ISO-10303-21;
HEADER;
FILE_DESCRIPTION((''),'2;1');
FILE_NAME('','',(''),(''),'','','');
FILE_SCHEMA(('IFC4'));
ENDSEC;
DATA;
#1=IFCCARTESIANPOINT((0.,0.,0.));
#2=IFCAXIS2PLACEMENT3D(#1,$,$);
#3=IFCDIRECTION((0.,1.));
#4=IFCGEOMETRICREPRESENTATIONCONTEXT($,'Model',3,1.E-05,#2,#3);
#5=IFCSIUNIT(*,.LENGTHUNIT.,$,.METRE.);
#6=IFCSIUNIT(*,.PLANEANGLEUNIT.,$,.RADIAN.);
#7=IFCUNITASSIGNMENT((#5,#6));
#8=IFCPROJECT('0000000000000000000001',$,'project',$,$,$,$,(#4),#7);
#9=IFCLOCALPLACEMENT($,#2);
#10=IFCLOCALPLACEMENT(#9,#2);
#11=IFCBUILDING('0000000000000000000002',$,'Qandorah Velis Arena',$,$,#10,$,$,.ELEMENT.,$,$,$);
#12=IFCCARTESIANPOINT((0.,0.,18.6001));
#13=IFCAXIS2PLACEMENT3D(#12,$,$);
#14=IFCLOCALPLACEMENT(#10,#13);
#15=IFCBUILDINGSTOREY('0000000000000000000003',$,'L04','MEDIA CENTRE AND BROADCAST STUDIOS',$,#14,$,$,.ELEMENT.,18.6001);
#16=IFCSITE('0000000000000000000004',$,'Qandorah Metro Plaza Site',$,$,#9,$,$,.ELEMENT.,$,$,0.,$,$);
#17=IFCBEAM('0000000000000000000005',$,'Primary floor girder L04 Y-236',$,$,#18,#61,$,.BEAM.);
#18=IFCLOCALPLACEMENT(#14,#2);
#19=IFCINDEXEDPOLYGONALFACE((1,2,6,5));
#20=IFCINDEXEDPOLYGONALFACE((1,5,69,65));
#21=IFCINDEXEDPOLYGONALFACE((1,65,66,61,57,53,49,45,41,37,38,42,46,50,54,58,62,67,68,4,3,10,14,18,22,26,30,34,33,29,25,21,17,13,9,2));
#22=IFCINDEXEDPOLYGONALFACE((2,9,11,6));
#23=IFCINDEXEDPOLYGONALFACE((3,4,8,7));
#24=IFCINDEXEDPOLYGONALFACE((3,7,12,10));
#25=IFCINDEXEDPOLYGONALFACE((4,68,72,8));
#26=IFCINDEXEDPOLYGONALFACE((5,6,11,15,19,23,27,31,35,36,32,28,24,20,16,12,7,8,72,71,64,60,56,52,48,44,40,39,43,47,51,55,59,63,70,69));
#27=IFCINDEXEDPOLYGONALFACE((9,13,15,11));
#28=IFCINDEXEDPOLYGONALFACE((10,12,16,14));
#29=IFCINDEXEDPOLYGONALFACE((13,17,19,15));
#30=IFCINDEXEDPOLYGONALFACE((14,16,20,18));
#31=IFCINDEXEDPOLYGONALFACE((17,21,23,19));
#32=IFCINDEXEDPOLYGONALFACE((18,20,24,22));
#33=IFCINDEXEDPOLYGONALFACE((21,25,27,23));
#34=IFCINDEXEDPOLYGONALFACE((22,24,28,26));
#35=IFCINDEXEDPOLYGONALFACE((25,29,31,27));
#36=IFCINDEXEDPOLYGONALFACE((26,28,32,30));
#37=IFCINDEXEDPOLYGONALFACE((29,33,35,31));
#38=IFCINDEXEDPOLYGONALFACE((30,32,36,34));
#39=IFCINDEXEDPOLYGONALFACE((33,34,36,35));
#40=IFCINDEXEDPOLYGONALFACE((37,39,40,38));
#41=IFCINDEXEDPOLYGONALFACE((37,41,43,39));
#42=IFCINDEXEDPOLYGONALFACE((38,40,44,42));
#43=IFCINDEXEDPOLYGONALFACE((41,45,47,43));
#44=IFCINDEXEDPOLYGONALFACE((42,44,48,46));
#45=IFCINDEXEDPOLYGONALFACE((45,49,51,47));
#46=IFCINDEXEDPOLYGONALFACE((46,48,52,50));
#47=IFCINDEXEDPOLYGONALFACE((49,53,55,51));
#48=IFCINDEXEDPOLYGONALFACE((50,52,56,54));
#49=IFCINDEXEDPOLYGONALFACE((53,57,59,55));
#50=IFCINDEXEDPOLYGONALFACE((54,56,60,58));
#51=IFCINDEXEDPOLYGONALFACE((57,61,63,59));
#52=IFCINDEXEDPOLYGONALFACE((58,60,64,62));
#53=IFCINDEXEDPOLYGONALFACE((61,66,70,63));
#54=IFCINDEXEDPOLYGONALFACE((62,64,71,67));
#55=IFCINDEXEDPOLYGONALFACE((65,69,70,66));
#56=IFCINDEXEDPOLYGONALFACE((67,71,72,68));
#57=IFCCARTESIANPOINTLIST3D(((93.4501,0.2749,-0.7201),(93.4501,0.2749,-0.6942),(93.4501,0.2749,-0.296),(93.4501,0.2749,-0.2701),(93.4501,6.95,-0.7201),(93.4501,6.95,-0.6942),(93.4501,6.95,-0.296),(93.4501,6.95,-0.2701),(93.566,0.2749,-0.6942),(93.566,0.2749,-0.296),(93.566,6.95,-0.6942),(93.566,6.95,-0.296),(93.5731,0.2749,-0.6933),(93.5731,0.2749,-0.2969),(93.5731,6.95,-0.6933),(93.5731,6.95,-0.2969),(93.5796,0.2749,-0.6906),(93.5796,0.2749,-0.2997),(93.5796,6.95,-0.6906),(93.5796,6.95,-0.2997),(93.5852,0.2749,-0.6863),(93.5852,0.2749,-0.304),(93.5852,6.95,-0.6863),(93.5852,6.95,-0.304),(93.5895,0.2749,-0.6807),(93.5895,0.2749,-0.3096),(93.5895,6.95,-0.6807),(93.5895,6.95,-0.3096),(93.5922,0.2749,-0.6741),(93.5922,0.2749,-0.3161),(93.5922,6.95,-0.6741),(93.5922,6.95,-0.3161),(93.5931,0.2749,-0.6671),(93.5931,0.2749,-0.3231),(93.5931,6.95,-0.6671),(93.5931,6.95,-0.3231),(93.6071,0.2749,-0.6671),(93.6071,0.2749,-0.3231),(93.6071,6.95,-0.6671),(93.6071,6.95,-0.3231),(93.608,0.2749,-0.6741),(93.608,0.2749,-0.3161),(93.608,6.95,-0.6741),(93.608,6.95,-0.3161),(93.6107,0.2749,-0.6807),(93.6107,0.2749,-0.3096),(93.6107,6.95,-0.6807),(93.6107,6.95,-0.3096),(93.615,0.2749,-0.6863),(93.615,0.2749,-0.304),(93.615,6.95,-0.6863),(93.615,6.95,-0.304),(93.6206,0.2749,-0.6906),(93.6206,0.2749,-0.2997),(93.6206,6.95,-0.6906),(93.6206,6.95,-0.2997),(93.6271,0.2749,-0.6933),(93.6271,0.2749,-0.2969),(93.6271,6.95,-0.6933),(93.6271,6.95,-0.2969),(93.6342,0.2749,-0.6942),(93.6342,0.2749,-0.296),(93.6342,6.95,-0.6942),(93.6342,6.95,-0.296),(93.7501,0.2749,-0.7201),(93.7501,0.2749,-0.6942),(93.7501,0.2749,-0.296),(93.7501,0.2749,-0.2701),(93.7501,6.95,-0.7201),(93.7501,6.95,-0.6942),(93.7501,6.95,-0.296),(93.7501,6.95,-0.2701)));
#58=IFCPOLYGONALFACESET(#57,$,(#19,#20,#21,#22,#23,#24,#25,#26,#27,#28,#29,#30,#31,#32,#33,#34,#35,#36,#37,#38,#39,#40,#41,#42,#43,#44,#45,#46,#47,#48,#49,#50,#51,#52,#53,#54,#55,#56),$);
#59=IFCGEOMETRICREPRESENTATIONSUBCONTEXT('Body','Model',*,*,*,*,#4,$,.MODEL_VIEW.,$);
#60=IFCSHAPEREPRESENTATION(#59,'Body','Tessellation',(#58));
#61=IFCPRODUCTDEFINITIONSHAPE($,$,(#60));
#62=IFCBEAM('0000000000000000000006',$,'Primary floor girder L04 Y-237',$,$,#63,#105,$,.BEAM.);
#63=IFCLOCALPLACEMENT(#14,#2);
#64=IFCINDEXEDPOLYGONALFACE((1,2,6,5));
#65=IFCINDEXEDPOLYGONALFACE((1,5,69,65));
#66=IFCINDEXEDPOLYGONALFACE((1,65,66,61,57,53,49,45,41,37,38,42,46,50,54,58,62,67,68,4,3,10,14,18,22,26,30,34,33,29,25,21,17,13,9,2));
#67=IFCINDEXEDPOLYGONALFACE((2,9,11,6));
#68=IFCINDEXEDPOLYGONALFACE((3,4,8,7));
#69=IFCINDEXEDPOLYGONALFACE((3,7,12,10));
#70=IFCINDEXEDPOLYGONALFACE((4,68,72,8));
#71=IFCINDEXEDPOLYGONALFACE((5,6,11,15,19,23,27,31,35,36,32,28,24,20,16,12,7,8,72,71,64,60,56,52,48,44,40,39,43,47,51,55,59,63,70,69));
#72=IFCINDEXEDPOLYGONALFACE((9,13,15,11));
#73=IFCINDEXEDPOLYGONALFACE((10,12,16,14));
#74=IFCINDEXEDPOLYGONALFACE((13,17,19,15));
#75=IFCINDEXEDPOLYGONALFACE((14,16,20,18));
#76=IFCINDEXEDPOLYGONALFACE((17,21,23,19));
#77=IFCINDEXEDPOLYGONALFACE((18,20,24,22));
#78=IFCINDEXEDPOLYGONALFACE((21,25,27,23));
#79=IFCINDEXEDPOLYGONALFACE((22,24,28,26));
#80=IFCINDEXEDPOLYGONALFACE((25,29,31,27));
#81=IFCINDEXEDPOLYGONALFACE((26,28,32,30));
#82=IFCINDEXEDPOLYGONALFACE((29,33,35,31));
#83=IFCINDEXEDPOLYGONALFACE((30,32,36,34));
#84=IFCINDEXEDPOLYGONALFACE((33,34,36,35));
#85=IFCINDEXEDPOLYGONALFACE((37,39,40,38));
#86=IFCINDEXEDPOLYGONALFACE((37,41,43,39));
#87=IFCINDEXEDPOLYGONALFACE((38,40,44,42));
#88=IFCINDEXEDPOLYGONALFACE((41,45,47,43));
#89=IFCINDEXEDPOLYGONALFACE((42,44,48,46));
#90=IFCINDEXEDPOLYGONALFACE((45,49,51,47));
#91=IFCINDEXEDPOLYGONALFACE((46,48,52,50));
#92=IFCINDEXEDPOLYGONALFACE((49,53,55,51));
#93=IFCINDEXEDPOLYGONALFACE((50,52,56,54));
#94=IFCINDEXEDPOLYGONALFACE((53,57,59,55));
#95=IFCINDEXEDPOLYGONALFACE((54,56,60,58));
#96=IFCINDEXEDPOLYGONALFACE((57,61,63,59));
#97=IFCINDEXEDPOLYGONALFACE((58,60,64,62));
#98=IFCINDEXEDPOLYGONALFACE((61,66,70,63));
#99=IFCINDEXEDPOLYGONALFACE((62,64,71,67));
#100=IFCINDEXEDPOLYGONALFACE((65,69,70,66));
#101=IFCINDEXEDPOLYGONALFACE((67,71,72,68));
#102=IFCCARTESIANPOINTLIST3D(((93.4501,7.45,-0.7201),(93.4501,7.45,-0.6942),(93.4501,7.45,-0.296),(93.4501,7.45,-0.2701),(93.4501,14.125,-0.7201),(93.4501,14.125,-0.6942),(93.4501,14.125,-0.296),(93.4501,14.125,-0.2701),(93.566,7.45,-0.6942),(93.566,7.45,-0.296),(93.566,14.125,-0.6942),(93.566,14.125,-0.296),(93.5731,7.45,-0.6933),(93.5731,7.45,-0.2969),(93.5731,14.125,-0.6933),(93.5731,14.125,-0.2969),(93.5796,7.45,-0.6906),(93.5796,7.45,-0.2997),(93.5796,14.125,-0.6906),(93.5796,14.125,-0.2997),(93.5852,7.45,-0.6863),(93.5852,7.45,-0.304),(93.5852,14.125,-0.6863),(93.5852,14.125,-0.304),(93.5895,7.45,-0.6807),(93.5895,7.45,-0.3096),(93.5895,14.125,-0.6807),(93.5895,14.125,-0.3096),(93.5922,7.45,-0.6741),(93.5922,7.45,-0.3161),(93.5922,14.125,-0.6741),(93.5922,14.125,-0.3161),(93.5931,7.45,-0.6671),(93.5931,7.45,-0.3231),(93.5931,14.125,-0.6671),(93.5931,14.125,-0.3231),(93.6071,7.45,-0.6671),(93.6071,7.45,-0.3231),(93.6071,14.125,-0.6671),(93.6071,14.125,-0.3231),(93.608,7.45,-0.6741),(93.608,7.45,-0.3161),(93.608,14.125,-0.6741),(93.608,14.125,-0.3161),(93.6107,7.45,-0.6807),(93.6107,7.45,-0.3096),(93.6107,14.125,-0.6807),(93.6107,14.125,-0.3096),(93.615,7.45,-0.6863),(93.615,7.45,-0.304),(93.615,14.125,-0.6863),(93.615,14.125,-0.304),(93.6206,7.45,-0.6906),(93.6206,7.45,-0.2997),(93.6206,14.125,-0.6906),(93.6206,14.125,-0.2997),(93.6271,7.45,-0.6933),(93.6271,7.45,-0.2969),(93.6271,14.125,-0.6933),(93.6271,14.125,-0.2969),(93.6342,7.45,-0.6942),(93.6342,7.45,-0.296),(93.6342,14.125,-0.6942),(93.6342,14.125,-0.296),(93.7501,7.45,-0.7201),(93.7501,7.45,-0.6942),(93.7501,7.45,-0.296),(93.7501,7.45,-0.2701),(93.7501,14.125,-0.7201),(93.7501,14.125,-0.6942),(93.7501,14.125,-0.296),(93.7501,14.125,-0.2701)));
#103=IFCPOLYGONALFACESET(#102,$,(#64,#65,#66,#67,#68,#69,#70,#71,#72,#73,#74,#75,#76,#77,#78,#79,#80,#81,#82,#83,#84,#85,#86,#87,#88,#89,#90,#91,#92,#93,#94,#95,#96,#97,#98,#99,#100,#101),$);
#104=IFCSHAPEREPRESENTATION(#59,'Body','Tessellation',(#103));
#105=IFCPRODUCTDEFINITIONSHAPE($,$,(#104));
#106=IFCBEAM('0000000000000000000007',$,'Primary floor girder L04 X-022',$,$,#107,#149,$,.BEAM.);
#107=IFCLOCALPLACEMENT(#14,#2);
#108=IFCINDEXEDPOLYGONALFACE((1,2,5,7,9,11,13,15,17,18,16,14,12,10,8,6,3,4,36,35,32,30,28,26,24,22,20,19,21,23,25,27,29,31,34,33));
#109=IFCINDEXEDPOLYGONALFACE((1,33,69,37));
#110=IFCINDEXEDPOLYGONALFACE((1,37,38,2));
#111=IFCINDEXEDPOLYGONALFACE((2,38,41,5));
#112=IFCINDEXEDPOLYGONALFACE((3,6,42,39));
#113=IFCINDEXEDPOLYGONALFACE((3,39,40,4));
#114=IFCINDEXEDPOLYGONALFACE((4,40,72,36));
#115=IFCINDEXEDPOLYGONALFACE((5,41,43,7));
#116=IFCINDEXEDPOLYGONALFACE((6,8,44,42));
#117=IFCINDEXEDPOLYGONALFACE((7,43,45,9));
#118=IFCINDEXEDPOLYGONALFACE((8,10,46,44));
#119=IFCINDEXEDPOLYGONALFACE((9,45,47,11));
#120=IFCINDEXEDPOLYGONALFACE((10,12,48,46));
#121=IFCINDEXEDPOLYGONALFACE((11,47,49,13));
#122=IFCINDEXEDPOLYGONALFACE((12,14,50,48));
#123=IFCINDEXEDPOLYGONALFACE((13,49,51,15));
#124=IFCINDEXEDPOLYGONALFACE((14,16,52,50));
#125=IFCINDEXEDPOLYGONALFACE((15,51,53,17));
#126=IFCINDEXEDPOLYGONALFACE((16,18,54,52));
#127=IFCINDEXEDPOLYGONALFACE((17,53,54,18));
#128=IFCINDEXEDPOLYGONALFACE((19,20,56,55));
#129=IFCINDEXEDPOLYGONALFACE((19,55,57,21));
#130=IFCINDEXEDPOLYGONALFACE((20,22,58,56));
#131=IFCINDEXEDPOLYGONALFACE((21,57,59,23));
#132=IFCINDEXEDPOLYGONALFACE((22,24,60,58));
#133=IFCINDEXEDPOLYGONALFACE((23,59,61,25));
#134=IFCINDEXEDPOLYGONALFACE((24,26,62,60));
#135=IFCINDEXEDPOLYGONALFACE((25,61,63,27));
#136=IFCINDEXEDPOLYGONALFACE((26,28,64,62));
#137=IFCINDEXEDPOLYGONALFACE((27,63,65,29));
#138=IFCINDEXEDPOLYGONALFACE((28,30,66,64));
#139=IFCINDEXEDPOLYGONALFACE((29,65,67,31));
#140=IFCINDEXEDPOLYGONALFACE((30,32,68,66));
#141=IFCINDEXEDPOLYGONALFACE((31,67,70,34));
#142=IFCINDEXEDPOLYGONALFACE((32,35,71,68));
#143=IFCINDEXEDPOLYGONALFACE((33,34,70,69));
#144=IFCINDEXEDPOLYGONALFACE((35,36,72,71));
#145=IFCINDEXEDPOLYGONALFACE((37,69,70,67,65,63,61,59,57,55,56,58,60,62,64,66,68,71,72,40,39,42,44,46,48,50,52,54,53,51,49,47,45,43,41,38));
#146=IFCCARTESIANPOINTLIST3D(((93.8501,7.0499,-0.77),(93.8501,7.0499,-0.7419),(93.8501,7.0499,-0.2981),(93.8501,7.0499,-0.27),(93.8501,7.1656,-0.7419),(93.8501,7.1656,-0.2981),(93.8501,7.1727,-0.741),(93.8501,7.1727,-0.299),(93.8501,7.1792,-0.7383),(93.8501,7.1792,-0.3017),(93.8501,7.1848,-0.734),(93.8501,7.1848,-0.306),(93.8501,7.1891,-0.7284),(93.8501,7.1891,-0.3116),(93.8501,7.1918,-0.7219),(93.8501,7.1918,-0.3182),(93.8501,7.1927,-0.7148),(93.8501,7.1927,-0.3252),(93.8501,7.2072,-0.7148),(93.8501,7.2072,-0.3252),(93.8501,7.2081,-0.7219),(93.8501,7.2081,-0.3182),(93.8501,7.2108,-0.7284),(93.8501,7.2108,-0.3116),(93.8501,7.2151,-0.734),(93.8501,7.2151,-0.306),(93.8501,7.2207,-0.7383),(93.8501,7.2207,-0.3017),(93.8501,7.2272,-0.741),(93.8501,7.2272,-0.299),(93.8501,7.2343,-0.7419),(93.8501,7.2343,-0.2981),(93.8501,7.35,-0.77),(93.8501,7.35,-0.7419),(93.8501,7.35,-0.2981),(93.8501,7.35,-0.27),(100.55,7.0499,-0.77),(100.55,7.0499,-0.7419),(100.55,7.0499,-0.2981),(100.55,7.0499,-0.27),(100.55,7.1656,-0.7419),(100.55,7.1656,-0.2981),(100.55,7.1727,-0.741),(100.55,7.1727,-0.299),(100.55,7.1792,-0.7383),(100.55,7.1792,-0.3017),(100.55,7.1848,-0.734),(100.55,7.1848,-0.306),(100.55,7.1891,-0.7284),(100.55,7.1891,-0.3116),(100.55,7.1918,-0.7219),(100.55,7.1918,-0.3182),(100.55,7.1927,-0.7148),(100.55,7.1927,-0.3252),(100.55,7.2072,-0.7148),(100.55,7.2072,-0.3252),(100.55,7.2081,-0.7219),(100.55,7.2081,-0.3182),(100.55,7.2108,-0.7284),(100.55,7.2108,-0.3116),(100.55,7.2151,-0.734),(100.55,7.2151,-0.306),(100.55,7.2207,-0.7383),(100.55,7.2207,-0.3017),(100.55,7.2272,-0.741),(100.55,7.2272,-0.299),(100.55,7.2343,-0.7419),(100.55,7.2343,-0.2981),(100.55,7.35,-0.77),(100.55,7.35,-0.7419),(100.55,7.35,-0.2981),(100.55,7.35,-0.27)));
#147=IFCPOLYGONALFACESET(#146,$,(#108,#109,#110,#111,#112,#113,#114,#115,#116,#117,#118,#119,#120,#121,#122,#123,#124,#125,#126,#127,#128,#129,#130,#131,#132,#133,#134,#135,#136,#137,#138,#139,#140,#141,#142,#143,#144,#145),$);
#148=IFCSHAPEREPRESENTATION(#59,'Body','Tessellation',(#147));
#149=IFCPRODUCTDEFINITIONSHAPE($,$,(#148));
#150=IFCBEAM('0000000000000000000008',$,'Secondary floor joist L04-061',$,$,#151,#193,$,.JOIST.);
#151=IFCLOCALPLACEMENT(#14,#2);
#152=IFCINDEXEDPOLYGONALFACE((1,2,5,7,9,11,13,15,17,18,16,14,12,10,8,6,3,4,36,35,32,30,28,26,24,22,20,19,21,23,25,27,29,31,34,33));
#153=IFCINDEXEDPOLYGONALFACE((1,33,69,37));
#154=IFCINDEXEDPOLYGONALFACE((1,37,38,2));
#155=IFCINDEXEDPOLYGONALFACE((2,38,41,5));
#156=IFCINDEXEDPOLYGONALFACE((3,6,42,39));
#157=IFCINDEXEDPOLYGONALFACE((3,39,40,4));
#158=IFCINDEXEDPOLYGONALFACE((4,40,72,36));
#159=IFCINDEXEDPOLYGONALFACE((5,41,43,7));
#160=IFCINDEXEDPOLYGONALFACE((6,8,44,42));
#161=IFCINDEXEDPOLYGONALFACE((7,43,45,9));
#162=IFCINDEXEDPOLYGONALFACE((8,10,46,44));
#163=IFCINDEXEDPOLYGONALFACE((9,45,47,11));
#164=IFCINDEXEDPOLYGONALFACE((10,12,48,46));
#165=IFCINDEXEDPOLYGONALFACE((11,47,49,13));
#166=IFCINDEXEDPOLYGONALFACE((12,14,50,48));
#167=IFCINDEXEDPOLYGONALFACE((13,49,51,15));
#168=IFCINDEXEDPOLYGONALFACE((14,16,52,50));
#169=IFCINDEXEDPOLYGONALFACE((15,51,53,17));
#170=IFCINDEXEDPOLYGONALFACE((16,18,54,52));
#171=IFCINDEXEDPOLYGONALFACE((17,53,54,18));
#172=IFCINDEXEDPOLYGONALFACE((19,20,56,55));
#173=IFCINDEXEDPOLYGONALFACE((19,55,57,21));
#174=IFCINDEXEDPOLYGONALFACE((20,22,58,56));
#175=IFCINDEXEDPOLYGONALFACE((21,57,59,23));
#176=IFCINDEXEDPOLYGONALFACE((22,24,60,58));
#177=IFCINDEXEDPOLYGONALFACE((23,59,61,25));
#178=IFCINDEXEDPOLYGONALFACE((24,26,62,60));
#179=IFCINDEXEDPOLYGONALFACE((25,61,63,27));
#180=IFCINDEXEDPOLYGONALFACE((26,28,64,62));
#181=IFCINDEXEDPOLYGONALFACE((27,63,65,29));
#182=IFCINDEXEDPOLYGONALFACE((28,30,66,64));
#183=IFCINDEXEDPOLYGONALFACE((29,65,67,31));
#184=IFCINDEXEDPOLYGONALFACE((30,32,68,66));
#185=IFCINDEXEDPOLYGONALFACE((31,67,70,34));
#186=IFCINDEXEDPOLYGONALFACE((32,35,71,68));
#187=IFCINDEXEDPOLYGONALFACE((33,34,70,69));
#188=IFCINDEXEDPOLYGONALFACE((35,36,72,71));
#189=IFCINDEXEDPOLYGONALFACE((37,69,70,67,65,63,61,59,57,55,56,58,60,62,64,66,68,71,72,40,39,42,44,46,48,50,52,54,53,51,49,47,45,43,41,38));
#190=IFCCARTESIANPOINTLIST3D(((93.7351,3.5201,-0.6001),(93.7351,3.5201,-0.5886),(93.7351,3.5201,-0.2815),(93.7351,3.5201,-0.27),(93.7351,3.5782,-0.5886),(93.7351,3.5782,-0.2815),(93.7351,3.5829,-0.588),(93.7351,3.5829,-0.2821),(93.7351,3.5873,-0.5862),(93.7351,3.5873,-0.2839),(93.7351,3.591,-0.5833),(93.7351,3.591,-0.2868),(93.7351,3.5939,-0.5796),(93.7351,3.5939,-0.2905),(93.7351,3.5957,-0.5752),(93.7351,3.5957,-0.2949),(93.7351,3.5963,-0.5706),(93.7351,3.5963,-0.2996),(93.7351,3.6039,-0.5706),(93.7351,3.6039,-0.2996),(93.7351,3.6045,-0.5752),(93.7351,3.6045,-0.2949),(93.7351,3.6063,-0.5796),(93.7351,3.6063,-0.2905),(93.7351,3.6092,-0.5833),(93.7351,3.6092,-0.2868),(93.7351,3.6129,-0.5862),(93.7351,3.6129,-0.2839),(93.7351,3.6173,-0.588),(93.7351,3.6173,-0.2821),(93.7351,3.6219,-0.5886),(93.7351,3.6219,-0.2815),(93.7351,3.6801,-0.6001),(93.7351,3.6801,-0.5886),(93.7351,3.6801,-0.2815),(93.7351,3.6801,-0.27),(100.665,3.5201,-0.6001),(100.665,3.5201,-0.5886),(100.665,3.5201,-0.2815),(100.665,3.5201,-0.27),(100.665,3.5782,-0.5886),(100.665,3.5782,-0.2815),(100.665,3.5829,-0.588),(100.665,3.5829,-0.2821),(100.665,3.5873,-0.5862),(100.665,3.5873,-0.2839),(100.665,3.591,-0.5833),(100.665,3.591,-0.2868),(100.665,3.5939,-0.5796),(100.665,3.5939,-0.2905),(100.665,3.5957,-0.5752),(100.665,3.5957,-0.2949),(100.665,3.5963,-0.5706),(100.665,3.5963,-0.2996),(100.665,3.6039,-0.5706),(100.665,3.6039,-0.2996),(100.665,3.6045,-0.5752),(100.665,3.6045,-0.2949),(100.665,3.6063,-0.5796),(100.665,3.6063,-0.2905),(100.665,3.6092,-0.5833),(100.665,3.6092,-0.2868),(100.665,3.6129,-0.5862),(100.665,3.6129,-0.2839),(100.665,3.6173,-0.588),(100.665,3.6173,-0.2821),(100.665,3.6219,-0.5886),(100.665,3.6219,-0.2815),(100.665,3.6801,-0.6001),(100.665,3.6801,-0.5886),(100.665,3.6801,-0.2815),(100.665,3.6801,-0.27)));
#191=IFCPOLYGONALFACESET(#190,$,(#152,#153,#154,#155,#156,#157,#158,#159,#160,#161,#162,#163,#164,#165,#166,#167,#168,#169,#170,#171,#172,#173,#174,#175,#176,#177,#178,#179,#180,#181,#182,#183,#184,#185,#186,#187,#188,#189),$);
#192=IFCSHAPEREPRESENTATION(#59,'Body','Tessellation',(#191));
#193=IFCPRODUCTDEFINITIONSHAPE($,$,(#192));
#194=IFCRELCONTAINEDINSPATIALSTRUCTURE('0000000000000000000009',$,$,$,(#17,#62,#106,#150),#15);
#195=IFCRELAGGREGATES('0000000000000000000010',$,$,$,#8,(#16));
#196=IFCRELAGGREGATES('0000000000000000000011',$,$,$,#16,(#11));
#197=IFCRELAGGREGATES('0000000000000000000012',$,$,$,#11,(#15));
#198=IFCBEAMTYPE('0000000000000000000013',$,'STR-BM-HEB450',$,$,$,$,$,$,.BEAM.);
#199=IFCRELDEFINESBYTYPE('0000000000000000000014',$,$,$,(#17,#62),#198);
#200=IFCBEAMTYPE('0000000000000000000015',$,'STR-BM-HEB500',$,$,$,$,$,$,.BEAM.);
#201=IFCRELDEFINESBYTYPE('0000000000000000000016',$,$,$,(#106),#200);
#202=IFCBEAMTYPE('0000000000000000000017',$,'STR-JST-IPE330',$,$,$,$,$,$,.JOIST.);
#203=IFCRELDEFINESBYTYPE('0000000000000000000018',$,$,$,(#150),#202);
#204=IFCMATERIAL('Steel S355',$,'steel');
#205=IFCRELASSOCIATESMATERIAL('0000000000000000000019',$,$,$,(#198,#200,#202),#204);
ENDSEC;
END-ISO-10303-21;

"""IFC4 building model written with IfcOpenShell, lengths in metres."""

from ifc_helpers import new_model, si_unit, direction, frame, origin, origin_2d, place, context, subcontext, project, spatial, i_section, extrude, material, material_profile, profile_set, type_object, element, save


model = new_model("IFC4")

# Units and contexts
model_context = context("Model", 3, precision=1e-05, world=origin(), true_north=direction((0.0, 1.0)))
body_context = subcontext(model_context, "Body", "Model", "MODEL_VIEW")
ifc_project = project(units=[si_unit("LENGTHUNIT", "METRE"), si_unit("PLANEANGLEUNIT", "RADIAN")], contexts=[model_context])

# Site, building, storey
site_placement = place(None, origin())
site = spatial("IfcSite", under=ifc_project, at=site_placement, Name="Qandorah Metro Plaza Site", CompositionType="ELEMENT", RefElevation=0.0)
building_placement = place(site_placement, origin())
building = spatial("IfcBuilding", under=site, at=building_placement, Name="Qandorah Velis Arena", CompositionType="ELEMENT")
storey_placement = place(building_placement, frame((0.0, 0.0, 18.6001)))
storey = spatial("IfcBuildingStorey", under=building, at=storey_placement, Name="L04", Description="MEDIA CENTRE AND BROADCAST STUDIOS", CompositionType="ELEMENT", Elevation=18.6001)

# Shared definitions
ifc_material_1 = material(Name="Steel S355", Category="steel")

# Beams
ifc_material_profile_1 = material_profile(ifc_material_1, i_section(OverallWidth=0.3, OverallDepth=0.45, WebThickness=0.0139, FlangeThickness=0.0259, FilletRadius=0.0271, at=origin_2d()), Name="HEB 450")
ifc_profile_set_1 = profile_set([ifc_material_profile_1], Name="Steel S355")
beam_type_1 = type_object("IfcBeamType", Name="STR-BM-HEB450", PredefinedType="BEAM", material=ifc_profile_set_1)
for number, where, z_axis, x_axis, name in (
    (1, (93.6001, 0.2749, -0.4951), (0.0, 1.0, 0.0), (-1.0, 0.0, 0.0), "Primary floor girder L04 Y-236"),
    (2, (93.6001, 7.45, -0.4951), (0.0, 1.0, 0.0), (-1.0, 0.0, 0.0), "Primary floor girder L04 Y-237"),
):
    element("IfcBeam", number, at=place(storey_placement, frame(where, z_axis=z_axis, x_axis=x_axis)), inside=storey, type_object=beam_type_1, Name=name, PredefinedType="BEAM", context=body_context, shape_type="SweptSolid", body=[
        extrude(i_section(OverallWidth=0.3, OverallDepth=0.45, WebThickness=0.0139, FlangeThickness=0.0259, FilletRadius=0.0271, at=origin_2d()), origin(), (0.0, 0.0, 1.0), 6.675),
    ])
ifc_material_profile_2 = material_profile(ifc_material_1, i_section(OverallWidth=0.3, OverallDepth=0.5, WebThickness=0.0144, FlangeThickness=0.0281, FilletRadius=0.0271, at=origin_2d()), Name="HEB 500")
ifc_profile_set_2 = profile_set([ifc_material_profile_2], Name="Steel S355")
beam_type_2 = type_object("IfcBeamType", Name="STR-BM-HEB500", PredefinedType="BEAM", material=ifc_profile_set_2)
beam_placement = place(storey_placement, frame((93.8501, 7.2, -0.52), z_axis=(1.0, 0.0, 0.0), x_axis=(0.0, 1.0, 0.0)))
element("IfcBeam", 3, at=beam_placement, inside=storey, type_object=beam_type_2, Name="Primary floor girder L04 X-022", PredefinedType="BEAM", context=body_context, shape_type="SweptSolid", body=[
    extrude(i_section(OverallWidth=0.3, OverallDepth=0.5, WebThickness=0.0144, FlangeThickness=0.0281, FilletRadius=0.0271, at=origin_2d()), origin(), (0.0, 0.0, 1.0), 6.7),
])
ifc_material_profile_3 = material_profile(ifc_material_1, i_section(OverallWidth=0.1599, OverallDepth=0.3301, WebThickness=0.0076, FlangeThickness=0.0115, FilletRadius=0.0181, at=origin_2d()), Name="IPE 330")
ifc_profile_set_3 = profile_set([ifc_material_profile_3], Name="Steel S355")
beam_type_3 = type_object("IfcBeamType", Name="STR-JST-IPE330", PredefinedType="JOIST", material=ifc_profile_set_3)
for number, where, z_axis, x_axis, name in (
    (4, (93.7351, 3.6001, -0.4351), (1.0, 0.0, 0.0), (0.0, 1.0, 0.0), "Secondary floor joist L04-061"),
):
    element("IfcBeam", number, at=place(storey_placement, frame(where, z_axis=z_axis, x_axis=x_axis)), inside=storey, type_object=beam_type_3, Name=name, PredefinedType="JOIST", context=body_context, shape_type="SweptSolid", body=[
        extrude(i_section(OverallWidth=0.1599, OverallDepth=0.3301, WebThickness=0.0076, FlangeThickness=0.0115, FilletRadius=0.0181, at=origin_2d()), origin(), (0.0, 0.0, 1.0), 6.9299),
    ])

save(model, "model.ifc")
